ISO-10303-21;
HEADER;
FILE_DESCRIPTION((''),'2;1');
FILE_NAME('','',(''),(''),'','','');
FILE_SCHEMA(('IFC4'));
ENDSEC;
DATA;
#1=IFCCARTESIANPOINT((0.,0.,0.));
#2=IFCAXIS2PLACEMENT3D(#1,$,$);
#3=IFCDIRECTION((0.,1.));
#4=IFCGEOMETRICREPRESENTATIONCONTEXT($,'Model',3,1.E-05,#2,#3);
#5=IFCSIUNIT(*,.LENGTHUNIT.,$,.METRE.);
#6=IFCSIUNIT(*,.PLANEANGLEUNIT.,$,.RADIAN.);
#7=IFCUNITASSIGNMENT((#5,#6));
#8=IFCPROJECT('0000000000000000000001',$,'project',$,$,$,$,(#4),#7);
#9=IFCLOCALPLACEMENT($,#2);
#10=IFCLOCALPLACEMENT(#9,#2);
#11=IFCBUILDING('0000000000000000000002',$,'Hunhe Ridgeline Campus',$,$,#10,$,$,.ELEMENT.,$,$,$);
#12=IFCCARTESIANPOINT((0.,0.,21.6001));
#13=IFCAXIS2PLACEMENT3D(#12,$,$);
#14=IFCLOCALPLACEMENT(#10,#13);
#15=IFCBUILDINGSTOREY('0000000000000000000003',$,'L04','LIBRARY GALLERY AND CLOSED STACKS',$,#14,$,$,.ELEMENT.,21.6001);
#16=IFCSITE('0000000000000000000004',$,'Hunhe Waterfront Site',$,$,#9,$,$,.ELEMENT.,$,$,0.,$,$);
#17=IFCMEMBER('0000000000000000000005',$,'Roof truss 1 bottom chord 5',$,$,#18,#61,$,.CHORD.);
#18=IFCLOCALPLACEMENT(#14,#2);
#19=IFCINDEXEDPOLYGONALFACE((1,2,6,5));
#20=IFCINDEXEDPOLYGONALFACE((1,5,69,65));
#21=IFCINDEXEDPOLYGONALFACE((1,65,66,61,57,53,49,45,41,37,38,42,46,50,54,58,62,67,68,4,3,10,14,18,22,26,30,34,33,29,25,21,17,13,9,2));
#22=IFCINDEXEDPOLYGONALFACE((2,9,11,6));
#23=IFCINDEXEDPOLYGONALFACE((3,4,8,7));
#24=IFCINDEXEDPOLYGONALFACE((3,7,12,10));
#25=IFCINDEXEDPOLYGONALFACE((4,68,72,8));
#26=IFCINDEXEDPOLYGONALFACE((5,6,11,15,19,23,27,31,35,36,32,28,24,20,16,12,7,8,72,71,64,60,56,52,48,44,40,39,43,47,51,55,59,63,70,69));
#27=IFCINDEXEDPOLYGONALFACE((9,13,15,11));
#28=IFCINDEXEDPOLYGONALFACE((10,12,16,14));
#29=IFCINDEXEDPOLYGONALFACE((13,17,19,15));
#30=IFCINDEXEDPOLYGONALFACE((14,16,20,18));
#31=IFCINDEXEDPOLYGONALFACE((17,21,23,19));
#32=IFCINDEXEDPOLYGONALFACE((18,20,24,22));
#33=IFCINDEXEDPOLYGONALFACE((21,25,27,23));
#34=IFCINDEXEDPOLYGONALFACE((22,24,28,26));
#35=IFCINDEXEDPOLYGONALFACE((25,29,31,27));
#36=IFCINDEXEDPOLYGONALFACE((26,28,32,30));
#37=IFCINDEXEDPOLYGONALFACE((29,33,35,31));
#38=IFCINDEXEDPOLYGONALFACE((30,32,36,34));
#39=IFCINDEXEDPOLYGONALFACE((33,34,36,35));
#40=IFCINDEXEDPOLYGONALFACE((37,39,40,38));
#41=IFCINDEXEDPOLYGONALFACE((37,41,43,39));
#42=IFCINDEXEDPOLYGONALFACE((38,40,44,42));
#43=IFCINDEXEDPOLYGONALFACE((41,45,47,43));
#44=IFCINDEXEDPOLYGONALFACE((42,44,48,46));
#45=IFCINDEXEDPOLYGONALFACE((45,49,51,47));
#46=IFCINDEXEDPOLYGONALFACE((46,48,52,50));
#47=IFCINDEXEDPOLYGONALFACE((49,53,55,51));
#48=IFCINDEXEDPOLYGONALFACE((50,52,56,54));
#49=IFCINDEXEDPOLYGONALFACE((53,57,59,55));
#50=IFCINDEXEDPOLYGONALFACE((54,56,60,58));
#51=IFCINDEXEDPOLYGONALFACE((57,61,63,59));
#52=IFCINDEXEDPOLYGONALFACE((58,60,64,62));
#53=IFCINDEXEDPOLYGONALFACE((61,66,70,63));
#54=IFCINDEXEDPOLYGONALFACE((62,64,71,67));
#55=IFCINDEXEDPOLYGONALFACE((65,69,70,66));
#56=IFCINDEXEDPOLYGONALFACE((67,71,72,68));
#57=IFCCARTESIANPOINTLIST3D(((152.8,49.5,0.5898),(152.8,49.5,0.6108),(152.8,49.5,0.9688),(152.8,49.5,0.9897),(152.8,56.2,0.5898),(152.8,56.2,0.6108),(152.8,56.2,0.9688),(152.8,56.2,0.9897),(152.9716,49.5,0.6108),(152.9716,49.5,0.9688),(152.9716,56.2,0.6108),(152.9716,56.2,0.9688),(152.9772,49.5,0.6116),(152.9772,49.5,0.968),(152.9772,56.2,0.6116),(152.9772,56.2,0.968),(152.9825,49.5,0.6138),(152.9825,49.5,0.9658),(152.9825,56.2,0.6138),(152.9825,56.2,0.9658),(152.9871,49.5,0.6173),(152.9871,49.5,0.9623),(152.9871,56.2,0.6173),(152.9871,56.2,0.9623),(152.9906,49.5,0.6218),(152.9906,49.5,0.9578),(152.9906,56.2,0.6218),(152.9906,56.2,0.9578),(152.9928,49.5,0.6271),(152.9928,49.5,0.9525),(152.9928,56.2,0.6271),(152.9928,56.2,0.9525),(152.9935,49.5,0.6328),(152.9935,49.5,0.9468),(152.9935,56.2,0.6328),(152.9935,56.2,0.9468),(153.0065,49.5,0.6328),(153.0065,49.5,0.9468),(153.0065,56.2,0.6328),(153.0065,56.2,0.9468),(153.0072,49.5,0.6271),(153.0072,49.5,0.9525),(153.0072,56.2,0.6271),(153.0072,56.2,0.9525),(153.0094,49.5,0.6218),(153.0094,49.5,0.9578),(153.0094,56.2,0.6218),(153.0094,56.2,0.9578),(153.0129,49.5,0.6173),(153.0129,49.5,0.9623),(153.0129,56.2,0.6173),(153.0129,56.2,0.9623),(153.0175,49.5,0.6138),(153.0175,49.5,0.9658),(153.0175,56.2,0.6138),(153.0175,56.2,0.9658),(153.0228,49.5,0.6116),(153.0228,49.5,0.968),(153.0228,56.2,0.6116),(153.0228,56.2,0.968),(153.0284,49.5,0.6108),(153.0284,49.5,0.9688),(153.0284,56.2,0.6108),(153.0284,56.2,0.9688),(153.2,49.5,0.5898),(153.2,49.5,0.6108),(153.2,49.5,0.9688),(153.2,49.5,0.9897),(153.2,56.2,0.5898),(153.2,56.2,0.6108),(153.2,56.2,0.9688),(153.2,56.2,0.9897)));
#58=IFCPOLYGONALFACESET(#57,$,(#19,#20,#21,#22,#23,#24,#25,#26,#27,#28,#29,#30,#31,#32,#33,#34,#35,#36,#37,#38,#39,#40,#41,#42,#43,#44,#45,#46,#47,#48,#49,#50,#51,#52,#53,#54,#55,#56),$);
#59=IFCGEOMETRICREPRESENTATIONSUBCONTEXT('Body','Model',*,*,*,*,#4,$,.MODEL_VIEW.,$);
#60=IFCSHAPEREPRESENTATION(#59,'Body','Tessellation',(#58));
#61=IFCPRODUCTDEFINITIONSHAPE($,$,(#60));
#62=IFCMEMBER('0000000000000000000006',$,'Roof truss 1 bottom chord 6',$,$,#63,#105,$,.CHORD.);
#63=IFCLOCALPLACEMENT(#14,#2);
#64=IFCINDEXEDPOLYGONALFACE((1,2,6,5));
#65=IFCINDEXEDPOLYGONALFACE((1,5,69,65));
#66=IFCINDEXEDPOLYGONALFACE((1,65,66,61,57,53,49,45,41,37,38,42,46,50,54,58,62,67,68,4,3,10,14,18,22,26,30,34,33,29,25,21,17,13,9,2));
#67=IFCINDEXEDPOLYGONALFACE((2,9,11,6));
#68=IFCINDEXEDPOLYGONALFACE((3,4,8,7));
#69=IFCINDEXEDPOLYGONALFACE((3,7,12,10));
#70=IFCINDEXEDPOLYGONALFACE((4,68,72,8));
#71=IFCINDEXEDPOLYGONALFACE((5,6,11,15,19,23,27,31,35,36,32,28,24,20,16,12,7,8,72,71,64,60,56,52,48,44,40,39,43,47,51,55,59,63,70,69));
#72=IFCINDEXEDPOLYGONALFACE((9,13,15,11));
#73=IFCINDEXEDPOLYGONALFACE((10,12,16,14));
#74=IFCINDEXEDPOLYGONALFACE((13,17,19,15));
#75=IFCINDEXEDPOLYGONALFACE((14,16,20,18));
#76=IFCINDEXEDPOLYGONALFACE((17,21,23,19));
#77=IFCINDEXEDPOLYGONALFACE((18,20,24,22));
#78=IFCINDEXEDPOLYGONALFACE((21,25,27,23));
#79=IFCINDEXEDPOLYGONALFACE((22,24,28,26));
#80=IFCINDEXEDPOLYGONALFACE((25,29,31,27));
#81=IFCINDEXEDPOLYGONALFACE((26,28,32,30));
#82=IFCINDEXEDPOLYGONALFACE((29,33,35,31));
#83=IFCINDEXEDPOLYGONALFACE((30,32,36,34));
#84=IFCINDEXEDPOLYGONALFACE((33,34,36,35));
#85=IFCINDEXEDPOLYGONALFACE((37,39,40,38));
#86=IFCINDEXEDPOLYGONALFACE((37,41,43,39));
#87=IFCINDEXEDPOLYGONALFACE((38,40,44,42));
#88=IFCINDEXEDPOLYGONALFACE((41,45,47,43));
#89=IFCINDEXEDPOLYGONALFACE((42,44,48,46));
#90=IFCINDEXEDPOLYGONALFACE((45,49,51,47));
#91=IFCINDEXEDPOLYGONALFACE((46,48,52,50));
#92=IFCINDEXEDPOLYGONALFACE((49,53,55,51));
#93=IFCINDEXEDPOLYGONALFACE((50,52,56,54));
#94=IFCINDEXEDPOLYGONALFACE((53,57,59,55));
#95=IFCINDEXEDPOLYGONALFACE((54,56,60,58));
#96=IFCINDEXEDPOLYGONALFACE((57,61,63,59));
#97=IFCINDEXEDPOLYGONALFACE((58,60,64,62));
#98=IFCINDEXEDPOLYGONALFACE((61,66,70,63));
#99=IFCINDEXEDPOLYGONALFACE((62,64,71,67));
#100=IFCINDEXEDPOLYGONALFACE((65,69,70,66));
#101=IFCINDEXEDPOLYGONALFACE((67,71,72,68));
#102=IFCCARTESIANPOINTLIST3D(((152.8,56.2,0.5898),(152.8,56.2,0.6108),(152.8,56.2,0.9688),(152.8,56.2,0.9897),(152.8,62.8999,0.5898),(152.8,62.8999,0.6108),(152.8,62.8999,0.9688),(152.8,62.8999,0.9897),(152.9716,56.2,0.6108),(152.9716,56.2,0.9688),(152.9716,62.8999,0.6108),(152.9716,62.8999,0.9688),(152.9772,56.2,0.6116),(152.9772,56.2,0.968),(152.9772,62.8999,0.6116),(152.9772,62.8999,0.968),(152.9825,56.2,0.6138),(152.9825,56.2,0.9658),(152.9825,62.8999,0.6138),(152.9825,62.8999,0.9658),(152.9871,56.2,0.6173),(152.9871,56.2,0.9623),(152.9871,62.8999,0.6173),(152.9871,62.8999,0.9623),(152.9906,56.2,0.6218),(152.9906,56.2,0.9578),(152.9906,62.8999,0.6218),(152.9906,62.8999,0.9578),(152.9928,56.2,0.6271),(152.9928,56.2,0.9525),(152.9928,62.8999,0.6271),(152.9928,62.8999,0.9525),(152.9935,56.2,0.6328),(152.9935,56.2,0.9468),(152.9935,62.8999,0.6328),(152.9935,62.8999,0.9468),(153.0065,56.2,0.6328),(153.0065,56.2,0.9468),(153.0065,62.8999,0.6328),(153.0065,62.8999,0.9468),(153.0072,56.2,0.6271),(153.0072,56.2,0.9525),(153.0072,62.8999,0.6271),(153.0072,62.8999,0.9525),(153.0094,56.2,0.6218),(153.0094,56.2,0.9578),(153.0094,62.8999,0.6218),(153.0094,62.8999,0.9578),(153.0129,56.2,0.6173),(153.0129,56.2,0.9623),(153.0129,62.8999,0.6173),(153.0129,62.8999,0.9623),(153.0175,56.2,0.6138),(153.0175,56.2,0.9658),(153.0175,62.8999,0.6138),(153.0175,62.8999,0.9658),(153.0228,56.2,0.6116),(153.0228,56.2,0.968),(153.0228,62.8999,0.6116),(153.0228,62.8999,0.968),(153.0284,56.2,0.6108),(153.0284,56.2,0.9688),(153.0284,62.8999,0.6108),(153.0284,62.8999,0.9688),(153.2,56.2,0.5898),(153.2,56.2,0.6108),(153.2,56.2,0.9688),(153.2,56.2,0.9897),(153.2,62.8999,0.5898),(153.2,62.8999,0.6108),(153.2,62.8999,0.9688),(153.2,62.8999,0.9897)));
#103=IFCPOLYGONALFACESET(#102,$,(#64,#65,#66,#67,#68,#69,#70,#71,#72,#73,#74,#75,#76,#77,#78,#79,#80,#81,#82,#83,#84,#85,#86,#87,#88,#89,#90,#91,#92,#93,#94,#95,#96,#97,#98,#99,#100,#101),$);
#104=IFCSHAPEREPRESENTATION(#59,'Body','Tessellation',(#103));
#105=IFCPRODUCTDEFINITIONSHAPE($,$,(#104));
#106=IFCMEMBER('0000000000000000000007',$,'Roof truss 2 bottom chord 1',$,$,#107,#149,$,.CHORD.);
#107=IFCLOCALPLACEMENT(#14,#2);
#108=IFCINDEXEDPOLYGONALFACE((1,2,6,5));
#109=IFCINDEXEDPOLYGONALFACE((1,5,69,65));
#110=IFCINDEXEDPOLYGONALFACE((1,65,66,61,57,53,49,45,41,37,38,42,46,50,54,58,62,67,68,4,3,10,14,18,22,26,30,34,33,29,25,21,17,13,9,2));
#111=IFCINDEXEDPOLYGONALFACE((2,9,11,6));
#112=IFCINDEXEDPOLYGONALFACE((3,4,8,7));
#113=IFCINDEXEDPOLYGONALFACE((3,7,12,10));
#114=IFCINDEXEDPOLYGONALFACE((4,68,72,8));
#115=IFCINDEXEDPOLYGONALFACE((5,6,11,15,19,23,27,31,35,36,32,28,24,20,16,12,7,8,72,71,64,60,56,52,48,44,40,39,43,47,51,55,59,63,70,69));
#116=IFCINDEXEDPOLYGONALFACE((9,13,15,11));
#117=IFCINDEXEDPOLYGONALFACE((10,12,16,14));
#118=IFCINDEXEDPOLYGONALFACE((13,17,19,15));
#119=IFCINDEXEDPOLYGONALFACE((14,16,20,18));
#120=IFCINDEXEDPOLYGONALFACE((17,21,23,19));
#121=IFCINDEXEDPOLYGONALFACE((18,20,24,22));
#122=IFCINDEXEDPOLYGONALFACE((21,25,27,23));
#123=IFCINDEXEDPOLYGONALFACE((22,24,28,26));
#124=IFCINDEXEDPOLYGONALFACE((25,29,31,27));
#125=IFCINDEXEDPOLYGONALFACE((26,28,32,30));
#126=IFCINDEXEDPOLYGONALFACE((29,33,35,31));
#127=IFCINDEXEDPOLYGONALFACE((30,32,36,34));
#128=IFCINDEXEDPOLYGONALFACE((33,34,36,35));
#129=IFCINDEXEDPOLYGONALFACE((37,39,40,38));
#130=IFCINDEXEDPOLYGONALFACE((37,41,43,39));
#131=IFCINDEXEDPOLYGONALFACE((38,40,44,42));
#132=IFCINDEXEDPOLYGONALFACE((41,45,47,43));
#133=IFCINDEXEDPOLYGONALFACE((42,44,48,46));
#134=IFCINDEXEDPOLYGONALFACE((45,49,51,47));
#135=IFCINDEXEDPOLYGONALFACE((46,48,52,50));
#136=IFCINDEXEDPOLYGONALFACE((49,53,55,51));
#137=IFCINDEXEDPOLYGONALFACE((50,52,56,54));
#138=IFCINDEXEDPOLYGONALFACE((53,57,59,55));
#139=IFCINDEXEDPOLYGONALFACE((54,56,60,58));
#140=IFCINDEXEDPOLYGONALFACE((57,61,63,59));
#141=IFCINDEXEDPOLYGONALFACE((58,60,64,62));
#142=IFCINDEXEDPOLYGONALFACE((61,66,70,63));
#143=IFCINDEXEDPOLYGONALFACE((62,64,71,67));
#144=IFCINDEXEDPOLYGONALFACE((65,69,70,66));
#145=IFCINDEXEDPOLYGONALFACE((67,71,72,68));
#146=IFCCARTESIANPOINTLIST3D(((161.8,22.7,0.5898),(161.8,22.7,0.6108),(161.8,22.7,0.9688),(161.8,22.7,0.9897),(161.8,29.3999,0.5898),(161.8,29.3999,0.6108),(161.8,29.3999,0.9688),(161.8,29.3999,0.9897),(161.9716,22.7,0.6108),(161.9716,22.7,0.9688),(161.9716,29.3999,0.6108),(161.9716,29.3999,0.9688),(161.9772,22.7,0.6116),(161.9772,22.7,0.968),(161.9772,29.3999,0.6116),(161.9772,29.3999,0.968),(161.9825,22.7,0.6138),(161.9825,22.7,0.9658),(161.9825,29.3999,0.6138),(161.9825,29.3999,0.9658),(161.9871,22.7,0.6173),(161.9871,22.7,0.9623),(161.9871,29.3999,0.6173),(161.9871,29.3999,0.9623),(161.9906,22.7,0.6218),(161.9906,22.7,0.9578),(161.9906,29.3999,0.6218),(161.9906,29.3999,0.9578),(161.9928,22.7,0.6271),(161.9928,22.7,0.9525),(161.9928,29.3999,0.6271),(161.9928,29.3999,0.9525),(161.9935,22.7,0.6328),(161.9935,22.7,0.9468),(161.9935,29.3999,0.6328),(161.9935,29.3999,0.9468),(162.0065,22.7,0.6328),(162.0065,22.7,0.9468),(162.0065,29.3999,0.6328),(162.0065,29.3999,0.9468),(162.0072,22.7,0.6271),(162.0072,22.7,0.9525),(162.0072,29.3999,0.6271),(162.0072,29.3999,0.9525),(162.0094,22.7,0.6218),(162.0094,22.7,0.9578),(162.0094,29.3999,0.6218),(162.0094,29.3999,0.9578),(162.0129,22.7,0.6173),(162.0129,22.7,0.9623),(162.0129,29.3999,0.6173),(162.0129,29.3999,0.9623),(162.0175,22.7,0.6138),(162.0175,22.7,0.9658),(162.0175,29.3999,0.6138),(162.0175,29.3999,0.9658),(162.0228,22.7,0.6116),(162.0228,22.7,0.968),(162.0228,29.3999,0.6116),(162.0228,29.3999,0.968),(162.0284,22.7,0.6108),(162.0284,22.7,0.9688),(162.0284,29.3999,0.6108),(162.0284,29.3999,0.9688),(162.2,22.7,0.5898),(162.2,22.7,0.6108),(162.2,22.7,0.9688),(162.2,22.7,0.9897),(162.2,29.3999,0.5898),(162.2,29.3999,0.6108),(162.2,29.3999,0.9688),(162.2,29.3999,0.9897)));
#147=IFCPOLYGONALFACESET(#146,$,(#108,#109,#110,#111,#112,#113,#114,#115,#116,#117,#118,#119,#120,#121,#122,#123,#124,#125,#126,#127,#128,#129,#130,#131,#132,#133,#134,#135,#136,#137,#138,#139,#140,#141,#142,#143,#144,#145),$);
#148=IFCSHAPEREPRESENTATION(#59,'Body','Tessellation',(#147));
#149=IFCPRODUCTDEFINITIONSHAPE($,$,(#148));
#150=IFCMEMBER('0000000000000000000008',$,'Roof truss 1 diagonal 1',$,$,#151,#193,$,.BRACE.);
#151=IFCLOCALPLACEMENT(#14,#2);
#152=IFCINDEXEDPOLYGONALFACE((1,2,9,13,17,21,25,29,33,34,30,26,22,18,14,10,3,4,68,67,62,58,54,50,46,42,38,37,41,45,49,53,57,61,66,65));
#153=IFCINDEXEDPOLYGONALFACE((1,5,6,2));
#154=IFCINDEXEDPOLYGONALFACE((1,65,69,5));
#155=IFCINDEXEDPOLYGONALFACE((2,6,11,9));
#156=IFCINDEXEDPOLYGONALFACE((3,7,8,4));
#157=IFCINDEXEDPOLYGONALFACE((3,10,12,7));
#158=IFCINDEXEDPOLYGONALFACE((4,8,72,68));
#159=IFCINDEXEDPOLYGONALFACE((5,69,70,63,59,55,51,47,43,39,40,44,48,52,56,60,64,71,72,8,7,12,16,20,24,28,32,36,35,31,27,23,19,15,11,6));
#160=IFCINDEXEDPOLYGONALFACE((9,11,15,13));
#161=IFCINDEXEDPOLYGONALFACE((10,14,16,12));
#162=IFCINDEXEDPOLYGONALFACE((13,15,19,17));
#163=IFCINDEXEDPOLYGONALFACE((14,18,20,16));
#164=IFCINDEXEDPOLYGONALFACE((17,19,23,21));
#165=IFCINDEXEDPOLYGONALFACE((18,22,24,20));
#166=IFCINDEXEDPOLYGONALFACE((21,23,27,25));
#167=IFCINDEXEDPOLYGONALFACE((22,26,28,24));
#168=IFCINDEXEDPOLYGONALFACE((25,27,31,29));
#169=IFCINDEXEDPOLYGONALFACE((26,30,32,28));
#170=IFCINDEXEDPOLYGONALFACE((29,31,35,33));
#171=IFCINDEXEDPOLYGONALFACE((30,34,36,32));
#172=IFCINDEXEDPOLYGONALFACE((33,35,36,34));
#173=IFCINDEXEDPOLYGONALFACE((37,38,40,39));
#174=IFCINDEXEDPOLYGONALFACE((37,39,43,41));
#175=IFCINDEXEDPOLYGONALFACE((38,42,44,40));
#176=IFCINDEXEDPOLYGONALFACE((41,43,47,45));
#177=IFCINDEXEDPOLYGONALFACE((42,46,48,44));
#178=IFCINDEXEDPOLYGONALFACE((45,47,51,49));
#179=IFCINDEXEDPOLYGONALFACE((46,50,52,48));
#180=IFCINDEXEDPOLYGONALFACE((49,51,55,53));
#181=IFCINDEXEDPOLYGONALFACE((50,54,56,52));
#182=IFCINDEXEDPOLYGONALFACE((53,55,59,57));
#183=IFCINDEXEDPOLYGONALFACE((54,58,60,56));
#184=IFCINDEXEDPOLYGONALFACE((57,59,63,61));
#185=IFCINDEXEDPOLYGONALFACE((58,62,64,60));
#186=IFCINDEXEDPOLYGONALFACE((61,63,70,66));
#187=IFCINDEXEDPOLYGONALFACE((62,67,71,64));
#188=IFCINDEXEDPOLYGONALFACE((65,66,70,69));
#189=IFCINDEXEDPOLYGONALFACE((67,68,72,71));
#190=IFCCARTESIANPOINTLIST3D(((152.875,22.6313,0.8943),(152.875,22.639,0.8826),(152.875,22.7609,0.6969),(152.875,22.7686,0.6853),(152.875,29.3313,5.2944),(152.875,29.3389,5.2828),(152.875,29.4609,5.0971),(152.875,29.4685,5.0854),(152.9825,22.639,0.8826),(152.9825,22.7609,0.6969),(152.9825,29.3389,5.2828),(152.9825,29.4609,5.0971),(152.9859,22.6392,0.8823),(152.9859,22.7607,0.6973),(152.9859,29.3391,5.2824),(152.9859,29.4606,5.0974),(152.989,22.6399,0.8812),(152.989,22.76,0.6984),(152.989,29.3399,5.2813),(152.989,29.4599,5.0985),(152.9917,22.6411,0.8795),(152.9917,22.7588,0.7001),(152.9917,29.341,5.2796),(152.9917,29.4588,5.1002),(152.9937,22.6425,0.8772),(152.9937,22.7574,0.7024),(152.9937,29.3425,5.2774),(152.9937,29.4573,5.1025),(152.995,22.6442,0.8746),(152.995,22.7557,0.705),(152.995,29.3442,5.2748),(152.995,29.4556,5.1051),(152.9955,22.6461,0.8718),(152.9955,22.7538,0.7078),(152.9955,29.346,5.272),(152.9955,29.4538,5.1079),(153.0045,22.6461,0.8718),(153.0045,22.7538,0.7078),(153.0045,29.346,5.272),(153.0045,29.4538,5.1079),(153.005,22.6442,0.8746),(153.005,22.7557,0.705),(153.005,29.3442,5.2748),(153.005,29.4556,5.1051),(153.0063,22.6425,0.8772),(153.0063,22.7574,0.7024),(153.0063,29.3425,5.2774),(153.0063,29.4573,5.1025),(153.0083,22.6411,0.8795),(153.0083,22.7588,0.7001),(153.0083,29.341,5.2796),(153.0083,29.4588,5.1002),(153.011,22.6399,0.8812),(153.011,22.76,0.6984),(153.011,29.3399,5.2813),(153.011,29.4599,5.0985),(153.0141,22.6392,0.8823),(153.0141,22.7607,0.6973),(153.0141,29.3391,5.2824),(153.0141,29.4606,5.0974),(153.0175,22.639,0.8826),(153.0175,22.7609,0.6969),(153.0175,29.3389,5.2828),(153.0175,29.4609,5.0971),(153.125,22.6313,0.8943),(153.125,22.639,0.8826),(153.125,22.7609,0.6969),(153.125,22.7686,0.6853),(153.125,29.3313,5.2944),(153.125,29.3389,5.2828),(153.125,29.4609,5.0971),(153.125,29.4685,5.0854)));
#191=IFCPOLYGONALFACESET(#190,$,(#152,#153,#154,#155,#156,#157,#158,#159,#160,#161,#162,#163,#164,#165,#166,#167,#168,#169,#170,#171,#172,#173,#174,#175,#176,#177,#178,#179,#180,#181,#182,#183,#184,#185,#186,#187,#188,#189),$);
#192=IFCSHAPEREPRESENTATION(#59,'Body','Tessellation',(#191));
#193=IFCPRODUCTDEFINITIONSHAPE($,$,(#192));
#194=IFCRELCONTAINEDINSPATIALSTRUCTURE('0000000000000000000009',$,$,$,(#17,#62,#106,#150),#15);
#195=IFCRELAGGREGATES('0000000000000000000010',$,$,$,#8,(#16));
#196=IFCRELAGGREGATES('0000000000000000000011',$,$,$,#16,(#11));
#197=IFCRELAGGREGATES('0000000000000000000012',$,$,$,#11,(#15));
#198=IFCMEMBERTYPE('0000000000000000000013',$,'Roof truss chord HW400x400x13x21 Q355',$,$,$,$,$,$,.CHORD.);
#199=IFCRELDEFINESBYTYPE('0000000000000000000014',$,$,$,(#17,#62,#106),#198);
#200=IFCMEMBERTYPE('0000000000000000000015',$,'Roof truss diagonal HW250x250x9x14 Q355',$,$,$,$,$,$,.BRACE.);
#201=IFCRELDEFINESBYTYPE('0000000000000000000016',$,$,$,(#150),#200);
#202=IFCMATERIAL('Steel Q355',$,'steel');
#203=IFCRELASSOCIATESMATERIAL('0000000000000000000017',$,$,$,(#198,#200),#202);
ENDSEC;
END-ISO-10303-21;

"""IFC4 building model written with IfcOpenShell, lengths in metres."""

from ifc_helpers import new_model, si_unit, direction, frame, origin, origin_2d, place, context, subcontext, project, spatial, i_section, extrude, material, material_profile, profile_set, type_object, element, save


model = new_model("IFC4")

# Units and contexts
model_context = context("Model", 3, precision=1e-05, world=origin(), true_north=direction((0.0, 1.0)))
body_context = subcontext(model_context, "Body", "Model", "MODEL_VIEW")
ifc_project = project(units=[si_unit("LENGTHUNIT", "METRE"), si_unit("PLANEANGLEUNIT", "RADIAN")], contexts=[model_context])

# Site, building, storey
site_placement = place(None, origin())
site = spatial("IfcSite", under=ifc_project, at=site_placement, Name="Hunhe Waterfront Site", CompositionType="ELEMENT", RefElevation=0.0)
building_placement = place(site_placement, origin())
building = spatial("IfcBuilding", under=site, at=building_placement, Name="Hunhe Ridgeline Campus", CompositionType="ELEMENT")
storey_placement = place(building_placement, frame((0.0, 0.0, 21.6001)))
storey = spatial("IfcBuildingStorey", under=building, at=storey_placement, Name="L04", Description="LIBRARY GALLERY AND CLOSED STACKS", CompositionType="ELEMENT", Elevation=21.6001)

# Members
ifc_material_1 = material(Name="Steel Q355", Category="steel")
ifc_material_profile_1 = material_profile(ifc_material_1, i_section(OverallWidth=0.3999, OverallDepth=0.3999, WebThickness=0.0129, FlangeThickness=0.021, FilletRadius=0.022, at=origin_2d()))
ifc_profile_set_1 = profile_set([ifc_material_profile_1], Name="Steel Q355")
member_type_1 = type_object("IfcMemberType", Name="Roof truss chord HW400x400x13x21 Q355", PredefinedType="CHORD", material=ifc_profile_set_1)
for number, where, z_axis, x_axis, name in (
    (1, (153.0, 49.5, 0.7898), (0.0, 1.0, 0.0), (-1.0, 0.0, 0.0), "Roof truss 1 bottom chord 5"),
    (2, (153.0, 56.2, 0.7898), (0.0, 1.0, 0.0), (-1.0, 0.0, 0.0), "Roof truss 1 bottom chord 6"),
    (3, (162.0, 22.7, 0.7898), (0.0, 1.0, 0.0), (-1.0, 0.0, 0.0), "Roof truss 2 bottom chord 1"),
):
    element("IfcMember", number, at=place(storey_placement, frame(where, z_axis=z_axis, x_axis=x_axis)), inside=storey, type_object=member_type_1, Name=name, PredefinedType="CHORD", context=body_context, shape_type="SweptSolid", body=[
        extrude(i_section(OverallWidth=0.3999, OverallDepth=0.3999, WebThickness=0.0129, FlangeThickness=0.021, FilletRadius=0.022, at=origin_2d()), origin(), (0.0, 0.0, 1.0), 6.7),
    ])
ifc_material_profile_2 = material_profile(ifc_material_1, i_section(OverallWidth=0.25, OverallDepth=0.25, WebThickness=0.009, FlangeThickness=0.0139, FilletRadius=0.0129, at=origin_2d()))
ifc_profile_set_2 = profile_set([ifc_material_profile_2], Name="Steel Q355")
member_type_2 = type_object("IfcMemberType", Name="Roof truss diagonal HW250x250x9x14 Q355", PredefinedType="BRACE", material=ifc_profile_set_2)
member_1_placement = place(storey_placement, frame((153.0, 22.7, 0.7898), z_axis=(0.0, 0.835859, 0.548944), x_axis=(-1.0, 0.0, 0.0)))
element("IfcMember", 4, at=member_1_placement, inside=storey, type_object=member_type_2, Name="Roof truss 1 diagonal 1", PredefinedType="BRACE", context=body_context, shape_type="SweptSolid", body=[
    extrude(i_section(OverallWidth=0.25, OverallDepth=0.25, WebThickness=0.009, FlangeThickness=0.0139, FilletRadius=0.0129, at=origin_2d()), origin(), (0.0, 0.0, 1.0), 8.0156),
])

save(model, "model.ifc")
